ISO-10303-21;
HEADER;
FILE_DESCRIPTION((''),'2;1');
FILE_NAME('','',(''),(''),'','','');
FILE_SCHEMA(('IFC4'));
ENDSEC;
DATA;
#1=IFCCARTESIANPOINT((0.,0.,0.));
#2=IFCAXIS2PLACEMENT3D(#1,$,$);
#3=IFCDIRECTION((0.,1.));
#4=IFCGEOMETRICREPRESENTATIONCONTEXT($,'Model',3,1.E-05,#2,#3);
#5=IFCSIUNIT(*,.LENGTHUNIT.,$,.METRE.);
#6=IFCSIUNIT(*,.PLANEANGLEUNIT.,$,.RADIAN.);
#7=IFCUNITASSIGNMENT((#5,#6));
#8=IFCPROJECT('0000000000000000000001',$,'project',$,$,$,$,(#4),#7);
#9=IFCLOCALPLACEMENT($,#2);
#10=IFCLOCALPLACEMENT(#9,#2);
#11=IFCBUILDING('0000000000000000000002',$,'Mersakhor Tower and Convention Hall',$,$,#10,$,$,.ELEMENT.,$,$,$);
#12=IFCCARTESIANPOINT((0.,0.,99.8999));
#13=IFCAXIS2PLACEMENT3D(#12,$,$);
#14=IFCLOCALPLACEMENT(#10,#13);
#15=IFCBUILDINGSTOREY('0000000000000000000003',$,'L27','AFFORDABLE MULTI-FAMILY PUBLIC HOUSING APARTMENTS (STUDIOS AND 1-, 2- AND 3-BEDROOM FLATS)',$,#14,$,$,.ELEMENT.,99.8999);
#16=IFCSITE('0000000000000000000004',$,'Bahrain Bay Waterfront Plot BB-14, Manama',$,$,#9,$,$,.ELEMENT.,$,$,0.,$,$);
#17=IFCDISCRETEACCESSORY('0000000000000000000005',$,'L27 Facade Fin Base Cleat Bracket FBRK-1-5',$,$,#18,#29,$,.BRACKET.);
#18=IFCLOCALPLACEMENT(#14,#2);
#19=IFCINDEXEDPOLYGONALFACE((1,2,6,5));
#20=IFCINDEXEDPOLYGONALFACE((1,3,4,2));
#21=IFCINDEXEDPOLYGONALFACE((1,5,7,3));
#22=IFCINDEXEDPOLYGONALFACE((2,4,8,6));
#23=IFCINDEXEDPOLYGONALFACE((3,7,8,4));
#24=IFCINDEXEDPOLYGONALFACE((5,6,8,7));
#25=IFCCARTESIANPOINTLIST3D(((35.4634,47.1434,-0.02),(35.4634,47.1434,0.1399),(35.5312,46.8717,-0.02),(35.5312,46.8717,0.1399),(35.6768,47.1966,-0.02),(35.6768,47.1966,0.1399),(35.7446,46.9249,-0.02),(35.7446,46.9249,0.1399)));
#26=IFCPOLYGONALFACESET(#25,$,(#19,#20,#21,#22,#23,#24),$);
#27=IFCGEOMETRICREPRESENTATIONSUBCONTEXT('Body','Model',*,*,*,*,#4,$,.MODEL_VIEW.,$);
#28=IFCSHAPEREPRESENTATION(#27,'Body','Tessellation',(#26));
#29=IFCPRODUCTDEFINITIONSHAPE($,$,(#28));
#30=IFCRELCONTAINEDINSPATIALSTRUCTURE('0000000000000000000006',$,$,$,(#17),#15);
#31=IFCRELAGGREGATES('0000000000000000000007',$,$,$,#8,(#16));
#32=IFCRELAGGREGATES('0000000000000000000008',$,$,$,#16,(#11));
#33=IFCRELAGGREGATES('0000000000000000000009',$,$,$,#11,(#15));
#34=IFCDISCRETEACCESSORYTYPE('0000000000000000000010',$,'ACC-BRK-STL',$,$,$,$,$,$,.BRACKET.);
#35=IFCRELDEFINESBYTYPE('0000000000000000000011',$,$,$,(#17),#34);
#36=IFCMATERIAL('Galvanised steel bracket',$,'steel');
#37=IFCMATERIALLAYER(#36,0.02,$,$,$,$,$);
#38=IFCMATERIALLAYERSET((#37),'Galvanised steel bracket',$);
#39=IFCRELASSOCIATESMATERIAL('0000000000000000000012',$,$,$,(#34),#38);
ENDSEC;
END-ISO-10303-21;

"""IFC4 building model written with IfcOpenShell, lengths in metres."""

from ifc_helpers import new_model, si_unit, direction, frame, origin, origin_2d, place, context, subcontext, project, spatial, rectangle, extrude, material, layer, layer_set, type_object, element, save


model = new_model("IFC4")

# Units and contexts
model_context = context("Model", 3, precision=1e-05, world=origin(), true_north=direction((0.0, 1.0)))
body_context = subcontext(model_context, "Body", "Model", "MODEL_VIEW")
ifc_project = project(units=[si_unit("LENGTHUNIT", "METRE"), si_unit("PLANEANGLEUNIT", "RADIAN")], contexts=[model_context])

# Site, building, storey
site_placement = place(None, origin())
site = spatial("IfcSite", under=ifc_project, at=site_placement, Name="Bahrain Bay Waterfront Plot BB-14, Manama", CompositionType="ELEMENT", RefElevation=0.0)
building_placement = place(site_placement, origin())
building = spatial("IfcBuilding", under=site, at=building_placement, Name="Mersakhor Tower and Convention Hall", CompositionType="ELEMENT")
storey_placement = place(building_placement, frame((0.0, 0.0, 99.8999)))
storey = spatial("IfcBuildingStorey", under=building, at=storey_placement, Name="L27", Description="AFFORDABLE MULTI-FAMILY PUBLIC HOUSING APARTMENTS (STUDIOS AND 1-, 2- AND 3-BEDROOM FLATS)", CompositionType="ELEMENT", Elevation=99.8999)

# Discrete accessory
ifc_material_1 = material(Name="Galvanised steel bracket", Category="steel")
ifc_layer_1 = layer(ifc_material_1, 0.02)
ifc_layer_set_1 = layer_set([ifc_layer_1], Name="Galvanised steel bracket")
discrete_accessory_type = type_object("IfcDiscreteAccessoryType", Name="ACC-BRK-STL", PredefinedType="BRACKET", material=ifc_layer_set_1)
for number, where, z_axis, x_axis, name in (
    (1, (35.604, 47.0342, -0.02), (0.0, 0.0, 1.0), (-0.241922, 0.970296, 0.0), "L27 Facade Fin Base Cleat Bracket FBRK-1-5"),
):
    element("IfcDiscreteAccessory", number, at=place(storey_placement, frame(where, z_axis=z_axis, x_axis=x_axis)), inside=storey, type_object=discrete_accessory_type, Name=name, PredefinedType="BRACKET", context=body_context, shape_type="SweptSolid", body=[
        extrude(rectangle(XDim=0.28, YDim=0.22, at=origin_2d()), origin(), (0.0, 0.0, 1.0), 0.1599),
    ])

save(model, "model.ifc")
